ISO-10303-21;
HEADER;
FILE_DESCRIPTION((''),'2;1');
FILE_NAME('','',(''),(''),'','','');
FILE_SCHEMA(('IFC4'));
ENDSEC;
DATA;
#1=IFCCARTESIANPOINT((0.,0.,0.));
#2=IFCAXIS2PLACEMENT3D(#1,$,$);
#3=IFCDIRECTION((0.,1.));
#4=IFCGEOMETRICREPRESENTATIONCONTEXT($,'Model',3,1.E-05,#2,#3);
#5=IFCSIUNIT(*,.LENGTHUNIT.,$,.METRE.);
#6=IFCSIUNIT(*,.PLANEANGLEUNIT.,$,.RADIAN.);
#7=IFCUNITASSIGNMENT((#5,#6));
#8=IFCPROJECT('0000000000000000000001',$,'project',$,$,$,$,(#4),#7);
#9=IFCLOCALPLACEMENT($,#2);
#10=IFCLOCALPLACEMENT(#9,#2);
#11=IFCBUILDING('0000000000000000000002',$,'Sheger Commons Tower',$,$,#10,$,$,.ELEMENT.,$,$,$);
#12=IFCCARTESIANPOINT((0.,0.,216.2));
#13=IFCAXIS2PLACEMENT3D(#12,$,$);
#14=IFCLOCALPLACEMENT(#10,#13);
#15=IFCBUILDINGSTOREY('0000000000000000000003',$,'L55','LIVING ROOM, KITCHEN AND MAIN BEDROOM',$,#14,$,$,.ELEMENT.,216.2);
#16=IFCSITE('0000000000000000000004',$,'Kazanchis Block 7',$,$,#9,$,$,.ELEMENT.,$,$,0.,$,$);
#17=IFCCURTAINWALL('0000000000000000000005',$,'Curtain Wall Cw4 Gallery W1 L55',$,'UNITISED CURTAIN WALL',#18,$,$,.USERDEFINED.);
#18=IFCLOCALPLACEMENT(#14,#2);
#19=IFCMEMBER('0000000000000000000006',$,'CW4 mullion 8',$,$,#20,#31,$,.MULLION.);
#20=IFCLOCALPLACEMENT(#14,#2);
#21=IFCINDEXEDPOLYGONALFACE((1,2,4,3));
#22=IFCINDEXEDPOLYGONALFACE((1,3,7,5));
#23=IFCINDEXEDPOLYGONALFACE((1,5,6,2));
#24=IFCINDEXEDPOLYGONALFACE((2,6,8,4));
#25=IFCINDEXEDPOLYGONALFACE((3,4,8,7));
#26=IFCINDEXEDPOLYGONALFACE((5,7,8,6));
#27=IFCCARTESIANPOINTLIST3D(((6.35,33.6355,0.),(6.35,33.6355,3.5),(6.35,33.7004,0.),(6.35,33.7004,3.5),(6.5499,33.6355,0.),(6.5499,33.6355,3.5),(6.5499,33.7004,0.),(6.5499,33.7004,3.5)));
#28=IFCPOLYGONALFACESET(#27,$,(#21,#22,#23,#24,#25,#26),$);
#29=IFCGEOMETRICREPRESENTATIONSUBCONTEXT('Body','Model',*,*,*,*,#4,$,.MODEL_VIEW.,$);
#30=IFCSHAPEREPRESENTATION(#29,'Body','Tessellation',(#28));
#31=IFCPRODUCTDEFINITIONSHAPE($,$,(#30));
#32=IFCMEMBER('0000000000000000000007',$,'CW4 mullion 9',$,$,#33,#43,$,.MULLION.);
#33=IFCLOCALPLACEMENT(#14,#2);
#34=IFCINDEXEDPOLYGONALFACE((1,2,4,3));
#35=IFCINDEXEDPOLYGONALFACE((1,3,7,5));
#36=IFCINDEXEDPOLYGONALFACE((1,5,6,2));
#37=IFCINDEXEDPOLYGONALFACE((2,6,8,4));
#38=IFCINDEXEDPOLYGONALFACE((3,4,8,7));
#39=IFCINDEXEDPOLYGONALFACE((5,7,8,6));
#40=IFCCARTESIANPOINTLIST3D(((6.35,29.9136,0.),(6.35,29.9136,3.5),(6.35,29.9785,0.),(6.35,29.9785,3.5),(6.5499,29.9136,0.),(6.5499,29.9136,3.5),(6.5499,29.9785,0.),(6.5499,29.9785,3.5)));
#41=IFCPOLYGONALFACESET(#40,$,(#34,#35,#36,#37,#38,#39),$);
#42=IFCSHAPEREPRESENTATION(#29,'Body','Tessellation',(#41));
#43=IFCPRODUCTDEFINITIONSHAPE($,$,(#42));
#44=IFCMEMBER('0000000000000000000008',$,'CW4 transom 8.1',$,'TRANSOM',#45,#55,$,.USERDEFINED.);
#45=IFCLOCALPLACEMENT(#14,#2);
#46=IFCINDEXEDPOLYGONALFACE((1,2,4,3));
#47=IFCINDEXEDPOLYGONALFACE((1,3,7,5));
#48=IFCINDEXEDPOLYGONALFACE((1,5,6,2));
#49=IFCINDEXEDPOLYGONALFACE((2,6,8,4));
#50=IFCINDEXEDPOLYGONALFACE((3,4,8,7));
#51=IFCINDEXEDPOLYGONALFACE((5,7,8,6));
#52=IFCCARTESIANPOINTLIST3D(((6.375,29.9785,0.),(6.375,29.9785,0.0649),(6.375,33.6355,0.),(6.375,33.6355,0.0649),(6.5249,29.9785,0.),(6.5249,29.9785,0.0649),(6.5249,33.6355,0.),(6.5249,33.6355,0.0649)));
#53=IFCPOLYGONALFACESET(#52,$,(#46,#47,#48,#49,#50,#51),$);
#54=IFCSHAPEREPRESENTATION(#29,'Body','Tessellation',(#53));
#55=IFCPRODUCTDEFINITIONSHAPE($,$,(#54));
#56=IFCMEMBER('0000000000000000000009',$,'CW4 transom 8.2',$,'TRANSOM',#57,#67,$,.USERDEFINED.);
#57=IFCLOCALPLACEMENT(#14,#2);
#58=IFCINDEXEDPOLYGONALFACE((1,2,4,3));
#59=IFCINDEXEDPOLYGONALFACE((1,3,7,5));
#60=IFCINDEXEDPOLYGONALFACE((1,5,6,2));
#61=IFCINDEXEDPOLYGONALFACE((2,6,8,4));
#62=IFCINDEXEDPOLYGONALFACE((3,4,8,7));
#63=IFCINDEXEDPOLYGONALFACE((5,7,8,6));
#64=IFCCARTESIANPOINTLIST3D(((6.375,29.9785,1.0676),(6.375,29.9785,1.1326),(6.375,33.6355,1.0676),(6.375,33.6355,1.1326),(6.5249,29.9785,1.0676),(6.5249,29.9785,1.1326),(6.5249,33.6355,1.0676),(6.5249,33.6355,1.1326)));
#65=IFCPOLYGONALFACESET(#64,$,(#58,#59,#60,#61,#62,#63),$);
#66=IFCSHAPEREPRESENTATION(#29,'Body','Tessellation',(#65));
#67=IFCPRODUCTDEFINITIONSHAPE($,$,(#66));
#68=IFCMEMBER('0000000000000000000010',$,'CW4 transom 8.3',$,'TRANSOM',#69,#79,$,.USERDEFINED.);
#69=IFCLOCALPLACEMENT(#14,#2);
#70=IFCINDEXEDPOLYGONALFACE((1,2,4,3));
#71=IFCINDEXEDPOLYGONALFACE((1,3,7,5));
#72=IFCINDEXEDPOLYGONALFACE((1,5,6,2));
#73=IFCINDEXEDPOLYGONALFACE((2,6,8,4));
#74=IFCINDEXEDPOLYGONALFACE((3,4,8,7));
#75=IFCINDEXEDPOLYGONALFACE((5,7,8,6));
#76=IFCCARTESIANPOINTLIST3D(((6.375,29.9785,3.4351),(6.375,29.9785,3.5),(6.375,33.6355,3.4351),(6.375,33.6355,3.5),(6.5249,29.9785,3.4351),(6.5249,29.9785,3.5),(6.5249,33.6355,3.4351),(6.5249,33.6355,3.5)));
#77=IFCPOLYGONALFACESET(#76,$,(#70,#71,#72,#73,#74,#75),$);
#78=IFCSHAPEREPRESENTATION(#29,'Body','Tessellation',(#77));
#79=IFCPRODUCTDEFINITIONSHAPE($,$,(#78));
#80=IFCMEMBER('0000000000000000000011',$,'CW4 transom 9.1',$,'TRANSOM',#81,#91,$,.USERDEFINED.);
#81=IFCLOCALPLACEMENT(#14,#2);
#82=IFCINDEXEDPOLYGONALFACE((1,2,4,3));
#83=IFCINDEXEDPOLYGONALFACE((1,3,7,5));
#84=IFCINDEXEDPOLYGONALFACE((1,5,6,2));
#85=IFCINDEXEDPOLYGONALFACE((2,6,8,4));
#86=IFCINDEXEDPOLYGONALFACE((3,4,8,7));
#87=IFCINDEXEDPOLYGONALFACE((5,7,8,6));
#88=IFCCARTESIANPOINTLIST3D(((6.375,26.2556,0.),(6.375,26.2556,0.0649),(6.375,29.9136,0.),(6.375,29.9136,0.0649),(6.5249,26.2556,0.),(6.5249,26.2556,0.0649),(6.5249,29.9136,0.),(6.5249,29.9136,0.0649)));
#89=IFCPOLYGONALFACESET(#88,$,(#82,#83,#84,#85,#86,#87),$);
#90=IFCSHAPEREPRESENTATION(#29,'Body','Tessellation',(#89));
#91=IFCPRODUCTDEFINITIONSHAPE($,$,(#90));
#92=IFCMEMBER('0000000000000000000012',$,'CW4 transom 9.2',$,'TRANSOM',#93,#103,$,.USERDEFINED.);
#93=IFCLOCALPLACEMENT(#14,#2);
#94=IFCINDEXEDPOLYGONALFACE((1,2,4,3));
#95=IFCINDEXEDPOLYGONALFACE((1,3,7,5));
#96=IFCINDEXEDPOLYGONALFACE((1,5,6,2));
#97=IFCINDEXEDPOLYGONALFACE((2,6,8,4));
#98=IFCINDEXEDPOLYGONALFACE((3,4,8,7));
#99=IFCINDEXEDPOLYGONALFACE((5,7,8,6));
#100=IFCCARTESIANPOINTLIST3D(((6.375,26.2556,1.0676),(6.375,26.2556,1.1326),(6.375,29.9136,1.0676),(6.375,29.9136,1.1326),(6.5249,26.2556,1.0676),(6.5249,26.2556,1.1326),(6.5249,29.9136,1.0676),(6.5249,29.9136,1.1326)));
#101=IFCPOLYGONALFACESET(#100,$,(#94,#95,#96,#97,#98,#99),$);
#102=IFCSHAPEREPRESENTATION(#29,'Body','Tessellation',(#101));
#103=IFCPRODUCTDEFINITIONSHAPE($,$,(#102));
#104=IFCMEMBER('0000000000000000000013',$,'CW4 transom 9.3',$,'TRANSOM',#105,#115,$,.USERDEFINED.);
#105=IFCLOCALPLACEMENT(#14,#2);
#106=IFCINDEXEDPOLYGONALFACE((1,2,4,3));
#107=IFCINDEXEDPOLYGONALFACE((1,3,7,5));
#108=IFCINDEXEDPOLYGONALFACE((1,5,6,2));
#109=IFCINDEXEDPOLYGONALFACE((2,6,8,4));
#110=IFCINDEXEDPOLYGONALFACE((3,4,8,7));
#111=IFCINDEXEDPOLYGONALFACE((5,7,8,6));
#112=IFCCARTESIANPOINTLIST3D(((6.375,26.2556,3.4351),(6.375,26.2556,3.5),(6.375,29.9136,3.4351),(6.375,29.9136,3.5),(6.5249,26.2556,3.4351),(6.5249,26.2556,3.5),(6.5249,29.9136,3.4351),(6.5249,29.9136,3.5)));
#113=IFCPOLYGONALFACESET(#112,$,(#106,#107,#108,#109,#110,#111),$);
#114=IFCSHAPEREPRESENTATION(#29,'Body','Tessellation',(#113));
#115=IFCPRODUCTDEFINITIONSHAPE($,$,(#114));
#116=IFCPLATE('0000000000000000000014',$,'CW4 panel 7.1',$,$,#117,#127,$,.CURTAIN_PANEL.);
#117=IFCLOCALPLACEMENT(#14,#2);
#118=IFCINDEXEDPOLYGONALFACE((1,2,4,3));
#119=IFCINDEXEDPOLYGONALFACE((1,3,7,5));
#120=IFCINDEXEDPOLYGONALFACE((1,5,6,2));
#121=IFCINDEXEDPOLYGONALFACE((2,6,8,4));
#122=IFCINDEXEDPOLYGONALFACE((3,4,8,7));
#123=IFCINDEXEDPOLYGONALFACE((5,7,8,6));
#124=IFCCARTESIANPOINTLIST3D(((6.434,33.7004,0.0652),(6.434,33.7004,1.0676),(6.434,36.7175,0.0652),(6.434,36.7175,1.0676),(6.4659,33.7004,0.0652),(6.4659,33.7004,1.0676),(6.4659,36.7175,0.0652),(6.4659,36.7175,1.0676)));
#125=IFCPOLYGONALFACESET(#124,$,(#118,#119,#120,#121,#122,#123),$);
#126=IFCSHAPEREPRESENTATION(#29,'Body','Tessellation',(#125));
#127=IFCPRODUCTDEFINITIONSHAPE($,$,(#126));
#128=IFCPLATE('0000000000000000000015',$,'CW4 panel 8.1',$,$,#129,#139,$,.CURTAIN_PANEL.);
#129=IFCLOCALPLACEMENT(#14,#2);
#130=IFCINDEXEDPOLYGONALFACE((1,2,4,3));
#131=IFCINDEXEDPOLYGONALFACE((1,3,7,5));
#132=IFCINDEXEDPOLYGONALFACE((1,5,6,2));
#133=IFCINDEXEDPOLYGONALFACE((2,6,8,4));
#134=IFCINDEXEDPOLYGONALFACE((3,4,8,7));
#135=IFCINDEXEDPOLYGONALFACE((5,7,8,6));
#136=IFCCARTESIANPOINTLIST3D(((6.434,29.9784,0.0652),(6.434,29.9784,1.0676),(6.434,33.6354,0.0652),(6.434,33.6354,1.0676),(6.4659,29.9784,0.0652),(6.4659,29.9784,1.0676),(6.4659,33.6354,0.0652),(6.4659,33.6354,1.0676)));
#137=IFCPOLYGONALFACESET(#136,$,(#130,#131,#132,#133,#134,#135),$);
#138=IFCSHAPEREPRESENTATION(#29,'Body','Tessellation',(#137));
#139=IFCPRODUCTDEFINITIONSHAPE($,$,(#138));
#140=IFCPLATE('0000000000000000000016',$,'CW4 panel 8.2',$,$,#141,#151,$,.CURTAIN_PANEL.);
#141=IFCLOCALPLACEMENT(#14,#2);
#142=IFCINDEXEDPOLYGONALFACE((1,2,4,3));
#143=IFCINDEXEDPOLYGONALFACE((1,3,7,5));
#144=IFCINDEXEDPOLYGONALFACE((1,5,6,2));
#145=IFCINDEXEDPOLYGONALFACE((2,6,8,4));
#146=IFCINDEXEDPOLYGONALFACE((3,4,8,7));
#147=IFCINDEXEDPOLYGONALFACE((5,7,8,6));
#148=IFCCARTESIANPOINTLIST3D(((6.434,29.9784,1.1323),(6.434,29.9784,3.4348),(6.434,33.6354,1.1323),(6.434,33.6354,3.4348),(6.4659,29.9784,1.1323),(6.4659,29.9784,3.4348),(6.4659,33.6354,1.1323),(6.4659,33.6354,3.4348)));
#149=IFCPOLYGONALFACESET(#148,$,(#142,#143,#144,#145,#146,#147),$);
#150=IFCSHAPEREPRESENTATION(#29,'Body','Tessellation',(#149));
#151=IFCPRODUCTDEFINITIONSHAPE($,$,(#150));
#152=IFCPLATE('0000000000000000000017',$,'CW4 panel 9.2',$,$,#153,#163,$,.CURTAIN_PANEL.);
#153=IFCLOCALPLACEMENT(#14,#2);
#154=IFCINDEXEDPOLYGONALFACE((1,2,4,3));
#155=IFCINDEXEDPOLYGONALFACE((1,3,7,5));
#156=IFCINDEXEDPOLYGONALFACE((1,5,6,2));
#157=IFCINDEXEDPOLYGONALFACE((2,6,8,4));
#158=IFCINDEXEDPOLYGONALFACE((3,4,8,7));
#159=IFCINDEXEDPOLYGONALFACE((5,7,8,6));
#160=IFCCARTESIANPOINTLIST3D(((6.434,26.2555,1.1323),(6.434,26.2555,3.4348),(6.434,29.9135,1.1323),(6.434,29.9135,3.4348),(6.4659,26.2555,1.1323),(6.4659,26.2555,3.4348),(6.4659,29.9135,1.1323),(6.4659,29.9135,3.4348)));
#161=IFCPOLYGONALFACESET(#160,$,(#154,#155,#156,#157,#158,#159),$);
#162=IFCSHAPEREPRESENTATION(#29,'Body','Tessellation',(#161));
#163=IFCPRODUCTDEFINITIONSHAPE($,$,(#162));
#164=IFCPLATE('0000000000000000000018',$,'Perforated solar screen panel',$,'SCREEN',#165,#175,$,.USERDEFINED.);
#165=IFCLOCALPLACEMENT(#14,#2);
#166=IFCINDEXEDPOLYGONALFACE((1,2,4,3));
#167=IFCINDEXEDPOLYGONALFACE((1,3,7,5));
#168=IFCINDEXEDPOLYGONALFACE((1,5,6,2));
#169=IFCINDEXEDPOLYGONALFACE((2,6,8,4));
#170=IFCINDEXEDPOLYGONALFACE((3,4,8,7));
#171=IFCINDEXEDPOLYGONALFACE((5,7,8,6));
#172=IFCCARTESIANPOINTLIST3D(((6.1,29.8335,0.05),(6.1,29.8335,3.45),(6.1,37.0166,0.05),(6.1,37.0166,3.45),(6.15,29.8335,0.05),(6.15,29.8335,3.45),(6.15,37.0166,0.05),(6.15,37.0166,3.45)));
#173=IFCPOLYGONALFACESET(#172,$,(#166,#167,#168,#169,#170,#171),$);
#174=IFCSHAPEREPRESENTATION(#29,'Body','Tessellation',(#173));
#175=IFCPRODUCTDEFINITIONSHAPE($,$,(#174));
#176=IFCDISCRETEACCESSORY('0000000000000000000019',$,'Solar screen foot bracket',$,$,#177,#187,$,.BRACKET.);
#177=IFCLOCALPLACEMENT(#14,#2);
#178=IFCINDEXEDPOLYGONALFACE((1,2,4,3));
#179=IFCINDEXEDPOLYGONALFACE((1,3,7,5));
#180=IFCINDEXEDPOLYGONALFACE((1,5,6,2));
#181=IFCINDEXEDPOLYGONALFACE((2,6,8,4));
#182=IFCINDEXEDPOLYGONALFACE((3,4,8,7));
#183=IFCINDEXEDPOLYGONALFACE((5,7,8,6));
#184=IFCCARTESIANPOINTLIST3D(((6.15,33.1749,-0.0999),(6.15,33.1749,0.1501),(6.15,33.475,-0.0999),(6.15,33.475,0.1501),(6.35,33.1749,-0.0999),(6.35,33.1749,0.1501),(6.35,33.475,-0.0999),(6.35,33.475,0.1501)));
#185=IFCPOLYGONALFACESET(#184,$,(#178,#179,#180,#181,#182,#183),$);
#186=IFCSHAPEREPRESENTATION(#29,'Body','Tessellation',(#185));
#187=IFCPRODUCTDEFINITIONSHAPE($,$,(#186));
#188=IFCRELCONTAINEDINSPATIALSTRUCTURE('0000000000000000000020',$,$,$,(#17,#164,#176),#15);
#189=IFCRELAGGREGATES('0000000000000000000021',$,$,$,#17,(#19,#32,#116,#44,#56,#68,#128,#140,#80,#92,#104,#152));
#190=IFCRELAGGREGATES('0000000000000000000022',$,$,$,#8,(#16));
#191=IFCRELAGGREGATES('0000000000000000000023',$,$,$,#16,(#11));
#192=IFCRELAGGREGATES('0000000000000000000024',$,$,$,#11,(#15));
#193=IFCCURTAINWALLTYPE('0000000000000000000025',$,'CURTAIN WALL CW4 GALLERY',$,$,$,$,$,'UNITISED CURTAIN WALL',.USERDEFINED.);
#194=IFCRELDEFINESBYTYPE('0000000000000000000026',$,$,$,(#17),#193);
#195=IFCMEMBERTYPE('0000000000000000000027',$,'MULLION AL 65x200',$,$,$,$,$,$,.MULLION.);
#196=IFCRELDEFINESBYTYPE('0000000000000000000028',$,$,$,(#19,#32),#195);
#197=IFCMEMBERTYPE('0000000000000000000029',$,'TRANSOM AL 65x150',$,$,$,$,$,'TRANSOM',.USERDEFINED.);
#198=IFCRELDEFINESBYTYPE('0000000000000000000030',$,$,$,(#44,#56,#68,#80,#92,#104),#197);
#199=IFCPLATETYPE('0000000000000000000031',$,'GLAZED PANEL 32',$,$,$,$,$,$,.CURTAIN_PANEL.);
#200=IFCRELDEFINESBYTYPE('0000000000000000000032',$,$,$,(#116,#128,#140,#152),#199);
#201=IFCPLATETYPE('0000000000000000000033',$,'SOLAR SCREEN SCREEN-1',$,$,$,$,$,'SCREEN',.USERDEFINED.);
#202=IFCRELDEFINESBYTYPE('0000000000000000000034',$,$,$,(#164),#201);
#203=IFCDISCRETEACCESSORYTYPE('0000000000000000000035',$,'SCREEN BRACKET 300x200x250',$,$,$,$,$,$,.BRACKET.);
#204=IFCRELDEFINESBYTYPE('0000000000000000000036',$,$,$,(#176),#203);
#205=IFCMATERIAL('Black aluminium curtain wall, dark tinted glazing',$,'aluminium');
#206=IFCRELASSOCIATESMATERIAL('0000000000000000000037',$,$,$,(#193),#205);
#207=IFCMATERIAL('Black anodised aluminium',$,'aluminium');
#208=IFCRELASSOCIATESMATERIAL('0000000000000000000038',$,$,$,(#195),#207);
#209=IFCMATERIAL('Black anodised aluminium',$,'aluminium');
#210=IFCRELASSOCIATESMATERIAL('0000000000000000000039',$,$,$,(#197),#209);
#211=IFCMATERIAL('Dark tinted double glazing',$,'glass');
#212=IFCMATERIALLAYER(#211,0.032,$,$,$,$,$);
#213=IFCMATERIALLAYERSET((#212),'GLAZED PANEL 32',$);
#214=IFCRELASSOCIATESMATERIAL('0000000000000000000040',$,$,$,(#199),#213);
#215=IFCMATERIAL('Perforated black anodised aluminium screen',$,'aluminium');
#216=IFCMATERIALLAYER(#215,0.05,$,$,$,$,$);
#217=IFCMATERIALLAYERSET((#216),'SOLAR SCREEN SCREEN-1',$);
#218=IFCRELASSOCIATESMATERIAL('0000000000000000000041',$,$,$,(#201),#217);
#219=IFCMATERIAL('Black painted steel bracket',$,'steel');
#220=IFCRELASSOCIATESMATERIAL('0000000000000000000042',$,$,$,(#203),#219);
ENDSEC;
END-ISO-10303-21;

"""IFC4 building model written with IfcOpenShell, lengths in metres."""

from ifc_helpers import new_model, si_unit, direction, frame, origin, origin_2d, place, context, subcontext, project, spatial, rectangle, extrude, material, layer, layer_set, material_profile, profile_set, type_object, element, aggregate, save


model = new_model("IFC4")

# Units and contexts
model_context = context("Model", 3, precision=1e-05, world=origin(), true_north=direction((0.0, 1.0)))
body_context = subcontext(model_context, "Body", "Model", "MODEL_VIEW")
ifc_project = project(units=[si_unit("LENGTHUNIT", "METRE"), si_unit("PLANEANGLEUNIT", "RADIAN")], contexts=[model_context])

# Site, building, storey
site_placement = place(None, origin())
site = spatial("IfcSite", under=ifc_project, at=site_placement, Name="Kazanchis Block 7", CompositionType="ELEMENT", RefElevation=0.0)
building_placement = place(site_placement, origin())
building = spatial("IfcBuilding", under=site, at=building_placement, Name="Sheger Commons Tower", CompositionType="ELEMENT")
storey_placement = place(building_placement, frame((0.0, 0.0, 216.2)))
storey = spatial("IfcBuildingStorey", under=building, at=storey_placement, Name="L55", Description="LIVING ROOM, KITCHEN AND MAIN BEDROOM", CompositionType="ELEMENT", Elevation=216.2)

# Curtain wall, members, plates
ifc_material_1 = material(Name="Black aluminium curtain wall, dark tinted glazing", Category="aluminium")
curtain_wall_type = type_object("IfcCurtainWallType", Name="CURTAIN WALL CW4 GALLERY", ElementType="UNITISED CURTAIN WALL", PredefinedType="USERDEFINED", material=ifc_material_1)
curtain_wall_placement = place(storey_placement, origin())
curtain_wall = element("IfcCurtainWall", 1, at=curtain_wall_placement, inside=storey, type_object=curtain_wall_type, Name="Curtain Wall Cw4 Gallery W1 L55", ObjectType="UNITISED CURTAIN WALL", PredefinedType="USERDEFINED")
ifc_material_2 = material(Name="Black anodised aluminium", Category="aluminium")
ifc_material_profile_1 = material_profile(ifc_material_2, rectangle(XDim=0.2, YDim=0.0649, at=origin_2d()), Name="AL 65x200")
ifc_profile_set_1 = profile_set([ifc_material_profile_1], Name="Black anodised aluminium")
member_type_1 = type_object("IfcMemberType", Name="MULLION AL 65x200", PredefinedType="MULLION", material=ifc_profile_set_1)
member_1_placement = place(storey_placement, frame((6.45, 33.668, 0.0), z_axis=(0.0, 0.0, 1.0), x_axis=(1.0, 0.0, 0.0)))
member_1 = element("IfcMember", 2, at=member_1_placement, type_object=member_type_1, Name="CW4 mullion 8", PredefinedType="MULLION", context=body_context, shape_type="SweptSolid", body=[
    extrude(rectangle(XDim=0.2, YDim=0.0649, at=origin_2d()), origin(), (0.0, 0.0, 1.0), 3.5),
])
member_2_placement = place(storey_placement, frame((6.45, 29.946, 0.0), z_axis=(0.0, 0.0, 1.0), x_axis=(1.0, 0.0, 0.0)))
member_2 = element("IfcMember", 3, at=member_2_placement, type_object=member_type_1, Name="CW4 mullion 9", PredefinedType="MULLION", context=body_context, shape_type="SweptSolid", body=[
    extrude(rectangle(XDim=0.2, YDim=0.0649, at=origin_2d()), origin(), (0.0, 0.0, 1.0), 3.5),
])
ifc_material_3 = material(Name="Black anodised aluminium", Category="aluminium")
ifc_material_profile_2 = material_profile(ifc_material_3, rectangle(XDim=0.1499, YDim=0.0649, at=origin_2d()), Name="AL 65x150")
ifc_profile_set_2 = profile_set([ifc_material_profile_2], Name="Black anodised aluminium")
member_type_2 = type_object("IfcMemberType", Name="TRANSOM AL 65x150", ElementType="TRANSOM", PredefinedType="USERDEFINED", material=ifc_profile_set_2)
member_3_placement = place(storey_placement, frame((6.45, 33.6355, 0.0325), z_axis=(0.0, -1.0, 0.0), x_axis=(1.0, 0.0, 0.0)))
member_3 = element("IfcMember", 4, at=member_3_placement, type_object=member_type_2, Name="CW4 transom 8.1", ObjectType="TRANSOM", PredefinedType="USERDEFINED", context=body_context, shape_type="SweptSolid", body=[
    extrude(rectangle(XDim=0.1499, YDim=0.0649, at=origin_2d()), origin(), (0.0, 0.0, 1.0), 3.657),
])
member_4_placement = place(storey_placement, frame((6.45, 33.6355, 1.1001), z_axis=(0.0, -1.0, 0.0), x_axis=(1.0, 0.0, 0.0)))
member_4 = element("IfcMember", 5, at=member_4_placement, type_object=member_type_2, Name="CW4 transom 8.2", ObjectType="TRANSOM", PredefinedType="USERDEFINED", context=body_context, shape_type="SweptSolid", body=[
    extrude(rectangle(XDim=0.1499, YDim=0.0649, at=origin_2d()), origin(), (0.0, 0.0, 1.0), 3.657),
])
member_5_placement = place(storey_placement, frame((6.45, 33.6355, 3.4675), z_axis=(0.0, -1.0, 0.0), x_axis=(1.0, 0.0, 0.0)))
member_5 = element("IfcMember", 6, at=member_5_placement, type_object=member_type_2, Name="CW4 transom 8.3", ObjectType="TRANSOM", PredefinedType="USERDEFINED", context=body_context, shape_type="SweptSolid", body=[
    extrude(rectangle(XDim=0.1499, YDim=0.0649, at=origin_2d()), origin(), (0.0, 0.0, 1.0), 3.657),
])
member_6_placement = place(storey_placement, frame((6.45, 29.9136, 0.0325), z_axis=(0.0, -1.0, 0.0), x_axis=(1.0, 0.0, 0.0)))
member_6 = element("IfcMember", 7, at=member_6_placement, type_object=member_type_2, Name="CW4 transom 9.1", ObjectType="TRANSOM", PredefinedType="USERDEFINED", context=body_context, shape_type="SweptSolid", body=[
    extrude(rectangle(XDim=0.1499, YDim=0.0649, at=origin_2d()), origin(), (0.0, 0.0, 1.0), 3.658),
])
member_7_placement = place(storey_placement, frame((6.45, 29.9136, 1.1001), z_axis=(0.0, -1.0, 0.0), x_axis=(1.0, 0.0, 0.0)))
member_7 = element("IfcMember", 8, at=member_7_placement, type_object=member_type_2, Name="CW4 transom 9.2", ObjectType="TRANSOM", PredefinedType="USERDEFINED", context=body_context, shape_type="SweptSolid", body=[
    extrude(rectangle(XDim=0.1499, YDim=0.0649, at=origin_2d()), origin(), (0.0, 0.0, 1.0), 3.658),
])
member_8_placement = place(storey_placement, frame((6.45, 29.9136, 3.4675), z_axis=(0.0, -1.0, 0.0), x_axis=(1.0, 0.0, 0.0)))
member_8 = element("IfcMember", 9, at=member_8_placement, type_object=member_type_2, Name="CW4 transom 9.3", ObjectType="TRANSOM", PredefinedType="USERDEFINED", context=body_context, shape_type="SweptSolid", body=[
    extrude(rectangle(XDim=0.1499, YDim=0.0649, at=origin_2d()), origin(), (0.0, 0.0, 1.0), 3.658),
])
ifc_material_4 = material(Name="Dark tinted double glazing", Category="glass")
ifc_layer_1 = layer(ifc_material_4, 0.032)
ifc_layer_set_1 = layer_set([ifc_layer_1], Name="GLAZED PANEL 32")
plate_type_1 = type_object("IfcPlateType", Name="GLAZED PANEL 32", PredefinedType="CURTAIN_PANEL", material=ifc_layer_set_1)
plate_1_placement = place(storey_placement, frame((6.45, 35.209, 0.0652), z_axis=(0.0, 0.0, 1.0), x_axis=(0.0, -1.0, 0.0)))
plate_1 = element("IfcPlate", 10, at=plate_1_placement, type_object=plate_type_1, Name="CW4 panel 7.1", PredefinedType="CURTAIN_PANEL", context=body_context, shape_type="SweptSolid", body=[
    extrude(rectangle(XDim=3.0171, YDim=0.032, at=origin_2d()), origin(), (0.0, 0.0, 1.0), 1.0024),
])
plate_2_placement = place(storey_placement, frame((6.45, 31.8069, 0.0652), z_axis=(0.0, 0.0, 1.0), x_axis=(0.0, -1.0, 0.0)))
plate_2 = element("IfcPlate", 11, at=plate_2_placement, type_object=plate_type_1, Name="CW4 panel 8.1", PredefinedType="CURTAIN_PANEL", context=body_context, shape_type="SweptSolid", body=[
    extrude(rectangle(XDim=3.657, YDim=0.032, at=origin_2d()), origin(), (0.0, 0.0, 1.0), 1.0024),
])
plate_3_placement = place(storey_placement, frame((6.45, 31.8069, 1.1323), z_axis=(0.0, 0.0, 1.0), x_axis=(0.0, -1.0, 0.0)))
plate_3 = element("IfcPlate", 12, at=plate_3_placement, type_object=plate_type_1, Name="CW4 panel 8.2", PredefinedType="CURTAIN_PANEL", context=body_context, shape_type="SweptSolid", body=[
    extrude(rectangle(XDim=3.657, YDim=0.032, at=origin_2d()), origin(), (0.0, 0.0, 1.0), 2.3025),
])
plate_4_placement = place(storey_placement, frame((6.45, 28.0845, 1.1323), z_axis=(0.0, 0.0, 1.0), x_axis=(0.0, -1.0, 0.0)))
plate_4 = element("IfcPlate", 13, at=plate_4_placement, type_object=plate_type_1, Name="CW4 panel 9.2", PredefinedType="CURTAIN_PANEL", context=body_context, shape_type="SweptSolid", body=[
    extrude(rectangle(XDim=3.658, YDim=0.032, at=origin_2d()), origin(), (0.0, 0.0, 1.0), 2.3025),
])
aggregate(curtain_wall, [member_1, member_2, plate_1, member_3, member_4, member_5, plate_2, plate_3, member_6, member_7, member_8, plate_4])

# Plate
ifc_material_5 = material(Name="Perforated black anodised aluminium screen", Category="aluminium")
ifc_layer_2 = layer(ifc_material_5, 0.05)
ifc_layer_set_2 = layer_set([ifc_layer_2], Name="SOLAR SCREEN SCREEN-1")
plate_type_2 = type_object("IfcPlateType", Name="SOLAR SCREEN SCREEN-1", ElementType="SCREEN", PredefinedType="USERDEFINED", material=ifc_layer_set_2)
plate_5_placement = place(storey_placement, frame((6.125, 33.425, 0.05), z_axis=(0.0, 0.0, 1.0), x_axis=(0.0, -1.0, 0.0)))
element("IfcPlate", 14, at=plate_5_placement, inside=storey, type_object=plate_type_2, Name="Perforated solar screen panel", ObjectType="SCREEN", PredefinedType="USERDEFINED", context=body_context, shape_type="SweptSolid", body=[
    extrude(rectangle(XDim=7.1831, YDim=0.05, at=origin_2d()), origin(), (0.0, 0.0, 1.0), 3.3999),
])

# Discrete accessory
ifc_material_6 = material(Name="Black painted steel bracket", Category="steel")
discrete_accessory_type = type_object("IfcDiscreteAccessoryType", Name="SCREEN BRACKET 300x200x250", PredefinedType="BRACKET", material=ifc_material_6)
for number, where, z_axis, x_axis, name in (
    (15, (6.25, 33.325, -0.0999), (0.0, 0.0, 1.0), (0.0, -1.0, 0.0), "Solar screen foot bracket"),
):
    element("IfcDiscreteAccessory", number, at=place(storey_placement, frame(where, z_axis=z_axis, x_axis=x_axis)), inside=storey, type_object=discrete_accessory_type, Name=name, PredefinedType="BRACKET", context=body_context, shape_type="SweptSolid", body=[
        extrude(rectangle(XDim=0.3, YDim=0.2, at=origin_2d()), origin(), (0.0, 0.0, 1.0), 0.25),
    ])

save(model, "model.ifc")
